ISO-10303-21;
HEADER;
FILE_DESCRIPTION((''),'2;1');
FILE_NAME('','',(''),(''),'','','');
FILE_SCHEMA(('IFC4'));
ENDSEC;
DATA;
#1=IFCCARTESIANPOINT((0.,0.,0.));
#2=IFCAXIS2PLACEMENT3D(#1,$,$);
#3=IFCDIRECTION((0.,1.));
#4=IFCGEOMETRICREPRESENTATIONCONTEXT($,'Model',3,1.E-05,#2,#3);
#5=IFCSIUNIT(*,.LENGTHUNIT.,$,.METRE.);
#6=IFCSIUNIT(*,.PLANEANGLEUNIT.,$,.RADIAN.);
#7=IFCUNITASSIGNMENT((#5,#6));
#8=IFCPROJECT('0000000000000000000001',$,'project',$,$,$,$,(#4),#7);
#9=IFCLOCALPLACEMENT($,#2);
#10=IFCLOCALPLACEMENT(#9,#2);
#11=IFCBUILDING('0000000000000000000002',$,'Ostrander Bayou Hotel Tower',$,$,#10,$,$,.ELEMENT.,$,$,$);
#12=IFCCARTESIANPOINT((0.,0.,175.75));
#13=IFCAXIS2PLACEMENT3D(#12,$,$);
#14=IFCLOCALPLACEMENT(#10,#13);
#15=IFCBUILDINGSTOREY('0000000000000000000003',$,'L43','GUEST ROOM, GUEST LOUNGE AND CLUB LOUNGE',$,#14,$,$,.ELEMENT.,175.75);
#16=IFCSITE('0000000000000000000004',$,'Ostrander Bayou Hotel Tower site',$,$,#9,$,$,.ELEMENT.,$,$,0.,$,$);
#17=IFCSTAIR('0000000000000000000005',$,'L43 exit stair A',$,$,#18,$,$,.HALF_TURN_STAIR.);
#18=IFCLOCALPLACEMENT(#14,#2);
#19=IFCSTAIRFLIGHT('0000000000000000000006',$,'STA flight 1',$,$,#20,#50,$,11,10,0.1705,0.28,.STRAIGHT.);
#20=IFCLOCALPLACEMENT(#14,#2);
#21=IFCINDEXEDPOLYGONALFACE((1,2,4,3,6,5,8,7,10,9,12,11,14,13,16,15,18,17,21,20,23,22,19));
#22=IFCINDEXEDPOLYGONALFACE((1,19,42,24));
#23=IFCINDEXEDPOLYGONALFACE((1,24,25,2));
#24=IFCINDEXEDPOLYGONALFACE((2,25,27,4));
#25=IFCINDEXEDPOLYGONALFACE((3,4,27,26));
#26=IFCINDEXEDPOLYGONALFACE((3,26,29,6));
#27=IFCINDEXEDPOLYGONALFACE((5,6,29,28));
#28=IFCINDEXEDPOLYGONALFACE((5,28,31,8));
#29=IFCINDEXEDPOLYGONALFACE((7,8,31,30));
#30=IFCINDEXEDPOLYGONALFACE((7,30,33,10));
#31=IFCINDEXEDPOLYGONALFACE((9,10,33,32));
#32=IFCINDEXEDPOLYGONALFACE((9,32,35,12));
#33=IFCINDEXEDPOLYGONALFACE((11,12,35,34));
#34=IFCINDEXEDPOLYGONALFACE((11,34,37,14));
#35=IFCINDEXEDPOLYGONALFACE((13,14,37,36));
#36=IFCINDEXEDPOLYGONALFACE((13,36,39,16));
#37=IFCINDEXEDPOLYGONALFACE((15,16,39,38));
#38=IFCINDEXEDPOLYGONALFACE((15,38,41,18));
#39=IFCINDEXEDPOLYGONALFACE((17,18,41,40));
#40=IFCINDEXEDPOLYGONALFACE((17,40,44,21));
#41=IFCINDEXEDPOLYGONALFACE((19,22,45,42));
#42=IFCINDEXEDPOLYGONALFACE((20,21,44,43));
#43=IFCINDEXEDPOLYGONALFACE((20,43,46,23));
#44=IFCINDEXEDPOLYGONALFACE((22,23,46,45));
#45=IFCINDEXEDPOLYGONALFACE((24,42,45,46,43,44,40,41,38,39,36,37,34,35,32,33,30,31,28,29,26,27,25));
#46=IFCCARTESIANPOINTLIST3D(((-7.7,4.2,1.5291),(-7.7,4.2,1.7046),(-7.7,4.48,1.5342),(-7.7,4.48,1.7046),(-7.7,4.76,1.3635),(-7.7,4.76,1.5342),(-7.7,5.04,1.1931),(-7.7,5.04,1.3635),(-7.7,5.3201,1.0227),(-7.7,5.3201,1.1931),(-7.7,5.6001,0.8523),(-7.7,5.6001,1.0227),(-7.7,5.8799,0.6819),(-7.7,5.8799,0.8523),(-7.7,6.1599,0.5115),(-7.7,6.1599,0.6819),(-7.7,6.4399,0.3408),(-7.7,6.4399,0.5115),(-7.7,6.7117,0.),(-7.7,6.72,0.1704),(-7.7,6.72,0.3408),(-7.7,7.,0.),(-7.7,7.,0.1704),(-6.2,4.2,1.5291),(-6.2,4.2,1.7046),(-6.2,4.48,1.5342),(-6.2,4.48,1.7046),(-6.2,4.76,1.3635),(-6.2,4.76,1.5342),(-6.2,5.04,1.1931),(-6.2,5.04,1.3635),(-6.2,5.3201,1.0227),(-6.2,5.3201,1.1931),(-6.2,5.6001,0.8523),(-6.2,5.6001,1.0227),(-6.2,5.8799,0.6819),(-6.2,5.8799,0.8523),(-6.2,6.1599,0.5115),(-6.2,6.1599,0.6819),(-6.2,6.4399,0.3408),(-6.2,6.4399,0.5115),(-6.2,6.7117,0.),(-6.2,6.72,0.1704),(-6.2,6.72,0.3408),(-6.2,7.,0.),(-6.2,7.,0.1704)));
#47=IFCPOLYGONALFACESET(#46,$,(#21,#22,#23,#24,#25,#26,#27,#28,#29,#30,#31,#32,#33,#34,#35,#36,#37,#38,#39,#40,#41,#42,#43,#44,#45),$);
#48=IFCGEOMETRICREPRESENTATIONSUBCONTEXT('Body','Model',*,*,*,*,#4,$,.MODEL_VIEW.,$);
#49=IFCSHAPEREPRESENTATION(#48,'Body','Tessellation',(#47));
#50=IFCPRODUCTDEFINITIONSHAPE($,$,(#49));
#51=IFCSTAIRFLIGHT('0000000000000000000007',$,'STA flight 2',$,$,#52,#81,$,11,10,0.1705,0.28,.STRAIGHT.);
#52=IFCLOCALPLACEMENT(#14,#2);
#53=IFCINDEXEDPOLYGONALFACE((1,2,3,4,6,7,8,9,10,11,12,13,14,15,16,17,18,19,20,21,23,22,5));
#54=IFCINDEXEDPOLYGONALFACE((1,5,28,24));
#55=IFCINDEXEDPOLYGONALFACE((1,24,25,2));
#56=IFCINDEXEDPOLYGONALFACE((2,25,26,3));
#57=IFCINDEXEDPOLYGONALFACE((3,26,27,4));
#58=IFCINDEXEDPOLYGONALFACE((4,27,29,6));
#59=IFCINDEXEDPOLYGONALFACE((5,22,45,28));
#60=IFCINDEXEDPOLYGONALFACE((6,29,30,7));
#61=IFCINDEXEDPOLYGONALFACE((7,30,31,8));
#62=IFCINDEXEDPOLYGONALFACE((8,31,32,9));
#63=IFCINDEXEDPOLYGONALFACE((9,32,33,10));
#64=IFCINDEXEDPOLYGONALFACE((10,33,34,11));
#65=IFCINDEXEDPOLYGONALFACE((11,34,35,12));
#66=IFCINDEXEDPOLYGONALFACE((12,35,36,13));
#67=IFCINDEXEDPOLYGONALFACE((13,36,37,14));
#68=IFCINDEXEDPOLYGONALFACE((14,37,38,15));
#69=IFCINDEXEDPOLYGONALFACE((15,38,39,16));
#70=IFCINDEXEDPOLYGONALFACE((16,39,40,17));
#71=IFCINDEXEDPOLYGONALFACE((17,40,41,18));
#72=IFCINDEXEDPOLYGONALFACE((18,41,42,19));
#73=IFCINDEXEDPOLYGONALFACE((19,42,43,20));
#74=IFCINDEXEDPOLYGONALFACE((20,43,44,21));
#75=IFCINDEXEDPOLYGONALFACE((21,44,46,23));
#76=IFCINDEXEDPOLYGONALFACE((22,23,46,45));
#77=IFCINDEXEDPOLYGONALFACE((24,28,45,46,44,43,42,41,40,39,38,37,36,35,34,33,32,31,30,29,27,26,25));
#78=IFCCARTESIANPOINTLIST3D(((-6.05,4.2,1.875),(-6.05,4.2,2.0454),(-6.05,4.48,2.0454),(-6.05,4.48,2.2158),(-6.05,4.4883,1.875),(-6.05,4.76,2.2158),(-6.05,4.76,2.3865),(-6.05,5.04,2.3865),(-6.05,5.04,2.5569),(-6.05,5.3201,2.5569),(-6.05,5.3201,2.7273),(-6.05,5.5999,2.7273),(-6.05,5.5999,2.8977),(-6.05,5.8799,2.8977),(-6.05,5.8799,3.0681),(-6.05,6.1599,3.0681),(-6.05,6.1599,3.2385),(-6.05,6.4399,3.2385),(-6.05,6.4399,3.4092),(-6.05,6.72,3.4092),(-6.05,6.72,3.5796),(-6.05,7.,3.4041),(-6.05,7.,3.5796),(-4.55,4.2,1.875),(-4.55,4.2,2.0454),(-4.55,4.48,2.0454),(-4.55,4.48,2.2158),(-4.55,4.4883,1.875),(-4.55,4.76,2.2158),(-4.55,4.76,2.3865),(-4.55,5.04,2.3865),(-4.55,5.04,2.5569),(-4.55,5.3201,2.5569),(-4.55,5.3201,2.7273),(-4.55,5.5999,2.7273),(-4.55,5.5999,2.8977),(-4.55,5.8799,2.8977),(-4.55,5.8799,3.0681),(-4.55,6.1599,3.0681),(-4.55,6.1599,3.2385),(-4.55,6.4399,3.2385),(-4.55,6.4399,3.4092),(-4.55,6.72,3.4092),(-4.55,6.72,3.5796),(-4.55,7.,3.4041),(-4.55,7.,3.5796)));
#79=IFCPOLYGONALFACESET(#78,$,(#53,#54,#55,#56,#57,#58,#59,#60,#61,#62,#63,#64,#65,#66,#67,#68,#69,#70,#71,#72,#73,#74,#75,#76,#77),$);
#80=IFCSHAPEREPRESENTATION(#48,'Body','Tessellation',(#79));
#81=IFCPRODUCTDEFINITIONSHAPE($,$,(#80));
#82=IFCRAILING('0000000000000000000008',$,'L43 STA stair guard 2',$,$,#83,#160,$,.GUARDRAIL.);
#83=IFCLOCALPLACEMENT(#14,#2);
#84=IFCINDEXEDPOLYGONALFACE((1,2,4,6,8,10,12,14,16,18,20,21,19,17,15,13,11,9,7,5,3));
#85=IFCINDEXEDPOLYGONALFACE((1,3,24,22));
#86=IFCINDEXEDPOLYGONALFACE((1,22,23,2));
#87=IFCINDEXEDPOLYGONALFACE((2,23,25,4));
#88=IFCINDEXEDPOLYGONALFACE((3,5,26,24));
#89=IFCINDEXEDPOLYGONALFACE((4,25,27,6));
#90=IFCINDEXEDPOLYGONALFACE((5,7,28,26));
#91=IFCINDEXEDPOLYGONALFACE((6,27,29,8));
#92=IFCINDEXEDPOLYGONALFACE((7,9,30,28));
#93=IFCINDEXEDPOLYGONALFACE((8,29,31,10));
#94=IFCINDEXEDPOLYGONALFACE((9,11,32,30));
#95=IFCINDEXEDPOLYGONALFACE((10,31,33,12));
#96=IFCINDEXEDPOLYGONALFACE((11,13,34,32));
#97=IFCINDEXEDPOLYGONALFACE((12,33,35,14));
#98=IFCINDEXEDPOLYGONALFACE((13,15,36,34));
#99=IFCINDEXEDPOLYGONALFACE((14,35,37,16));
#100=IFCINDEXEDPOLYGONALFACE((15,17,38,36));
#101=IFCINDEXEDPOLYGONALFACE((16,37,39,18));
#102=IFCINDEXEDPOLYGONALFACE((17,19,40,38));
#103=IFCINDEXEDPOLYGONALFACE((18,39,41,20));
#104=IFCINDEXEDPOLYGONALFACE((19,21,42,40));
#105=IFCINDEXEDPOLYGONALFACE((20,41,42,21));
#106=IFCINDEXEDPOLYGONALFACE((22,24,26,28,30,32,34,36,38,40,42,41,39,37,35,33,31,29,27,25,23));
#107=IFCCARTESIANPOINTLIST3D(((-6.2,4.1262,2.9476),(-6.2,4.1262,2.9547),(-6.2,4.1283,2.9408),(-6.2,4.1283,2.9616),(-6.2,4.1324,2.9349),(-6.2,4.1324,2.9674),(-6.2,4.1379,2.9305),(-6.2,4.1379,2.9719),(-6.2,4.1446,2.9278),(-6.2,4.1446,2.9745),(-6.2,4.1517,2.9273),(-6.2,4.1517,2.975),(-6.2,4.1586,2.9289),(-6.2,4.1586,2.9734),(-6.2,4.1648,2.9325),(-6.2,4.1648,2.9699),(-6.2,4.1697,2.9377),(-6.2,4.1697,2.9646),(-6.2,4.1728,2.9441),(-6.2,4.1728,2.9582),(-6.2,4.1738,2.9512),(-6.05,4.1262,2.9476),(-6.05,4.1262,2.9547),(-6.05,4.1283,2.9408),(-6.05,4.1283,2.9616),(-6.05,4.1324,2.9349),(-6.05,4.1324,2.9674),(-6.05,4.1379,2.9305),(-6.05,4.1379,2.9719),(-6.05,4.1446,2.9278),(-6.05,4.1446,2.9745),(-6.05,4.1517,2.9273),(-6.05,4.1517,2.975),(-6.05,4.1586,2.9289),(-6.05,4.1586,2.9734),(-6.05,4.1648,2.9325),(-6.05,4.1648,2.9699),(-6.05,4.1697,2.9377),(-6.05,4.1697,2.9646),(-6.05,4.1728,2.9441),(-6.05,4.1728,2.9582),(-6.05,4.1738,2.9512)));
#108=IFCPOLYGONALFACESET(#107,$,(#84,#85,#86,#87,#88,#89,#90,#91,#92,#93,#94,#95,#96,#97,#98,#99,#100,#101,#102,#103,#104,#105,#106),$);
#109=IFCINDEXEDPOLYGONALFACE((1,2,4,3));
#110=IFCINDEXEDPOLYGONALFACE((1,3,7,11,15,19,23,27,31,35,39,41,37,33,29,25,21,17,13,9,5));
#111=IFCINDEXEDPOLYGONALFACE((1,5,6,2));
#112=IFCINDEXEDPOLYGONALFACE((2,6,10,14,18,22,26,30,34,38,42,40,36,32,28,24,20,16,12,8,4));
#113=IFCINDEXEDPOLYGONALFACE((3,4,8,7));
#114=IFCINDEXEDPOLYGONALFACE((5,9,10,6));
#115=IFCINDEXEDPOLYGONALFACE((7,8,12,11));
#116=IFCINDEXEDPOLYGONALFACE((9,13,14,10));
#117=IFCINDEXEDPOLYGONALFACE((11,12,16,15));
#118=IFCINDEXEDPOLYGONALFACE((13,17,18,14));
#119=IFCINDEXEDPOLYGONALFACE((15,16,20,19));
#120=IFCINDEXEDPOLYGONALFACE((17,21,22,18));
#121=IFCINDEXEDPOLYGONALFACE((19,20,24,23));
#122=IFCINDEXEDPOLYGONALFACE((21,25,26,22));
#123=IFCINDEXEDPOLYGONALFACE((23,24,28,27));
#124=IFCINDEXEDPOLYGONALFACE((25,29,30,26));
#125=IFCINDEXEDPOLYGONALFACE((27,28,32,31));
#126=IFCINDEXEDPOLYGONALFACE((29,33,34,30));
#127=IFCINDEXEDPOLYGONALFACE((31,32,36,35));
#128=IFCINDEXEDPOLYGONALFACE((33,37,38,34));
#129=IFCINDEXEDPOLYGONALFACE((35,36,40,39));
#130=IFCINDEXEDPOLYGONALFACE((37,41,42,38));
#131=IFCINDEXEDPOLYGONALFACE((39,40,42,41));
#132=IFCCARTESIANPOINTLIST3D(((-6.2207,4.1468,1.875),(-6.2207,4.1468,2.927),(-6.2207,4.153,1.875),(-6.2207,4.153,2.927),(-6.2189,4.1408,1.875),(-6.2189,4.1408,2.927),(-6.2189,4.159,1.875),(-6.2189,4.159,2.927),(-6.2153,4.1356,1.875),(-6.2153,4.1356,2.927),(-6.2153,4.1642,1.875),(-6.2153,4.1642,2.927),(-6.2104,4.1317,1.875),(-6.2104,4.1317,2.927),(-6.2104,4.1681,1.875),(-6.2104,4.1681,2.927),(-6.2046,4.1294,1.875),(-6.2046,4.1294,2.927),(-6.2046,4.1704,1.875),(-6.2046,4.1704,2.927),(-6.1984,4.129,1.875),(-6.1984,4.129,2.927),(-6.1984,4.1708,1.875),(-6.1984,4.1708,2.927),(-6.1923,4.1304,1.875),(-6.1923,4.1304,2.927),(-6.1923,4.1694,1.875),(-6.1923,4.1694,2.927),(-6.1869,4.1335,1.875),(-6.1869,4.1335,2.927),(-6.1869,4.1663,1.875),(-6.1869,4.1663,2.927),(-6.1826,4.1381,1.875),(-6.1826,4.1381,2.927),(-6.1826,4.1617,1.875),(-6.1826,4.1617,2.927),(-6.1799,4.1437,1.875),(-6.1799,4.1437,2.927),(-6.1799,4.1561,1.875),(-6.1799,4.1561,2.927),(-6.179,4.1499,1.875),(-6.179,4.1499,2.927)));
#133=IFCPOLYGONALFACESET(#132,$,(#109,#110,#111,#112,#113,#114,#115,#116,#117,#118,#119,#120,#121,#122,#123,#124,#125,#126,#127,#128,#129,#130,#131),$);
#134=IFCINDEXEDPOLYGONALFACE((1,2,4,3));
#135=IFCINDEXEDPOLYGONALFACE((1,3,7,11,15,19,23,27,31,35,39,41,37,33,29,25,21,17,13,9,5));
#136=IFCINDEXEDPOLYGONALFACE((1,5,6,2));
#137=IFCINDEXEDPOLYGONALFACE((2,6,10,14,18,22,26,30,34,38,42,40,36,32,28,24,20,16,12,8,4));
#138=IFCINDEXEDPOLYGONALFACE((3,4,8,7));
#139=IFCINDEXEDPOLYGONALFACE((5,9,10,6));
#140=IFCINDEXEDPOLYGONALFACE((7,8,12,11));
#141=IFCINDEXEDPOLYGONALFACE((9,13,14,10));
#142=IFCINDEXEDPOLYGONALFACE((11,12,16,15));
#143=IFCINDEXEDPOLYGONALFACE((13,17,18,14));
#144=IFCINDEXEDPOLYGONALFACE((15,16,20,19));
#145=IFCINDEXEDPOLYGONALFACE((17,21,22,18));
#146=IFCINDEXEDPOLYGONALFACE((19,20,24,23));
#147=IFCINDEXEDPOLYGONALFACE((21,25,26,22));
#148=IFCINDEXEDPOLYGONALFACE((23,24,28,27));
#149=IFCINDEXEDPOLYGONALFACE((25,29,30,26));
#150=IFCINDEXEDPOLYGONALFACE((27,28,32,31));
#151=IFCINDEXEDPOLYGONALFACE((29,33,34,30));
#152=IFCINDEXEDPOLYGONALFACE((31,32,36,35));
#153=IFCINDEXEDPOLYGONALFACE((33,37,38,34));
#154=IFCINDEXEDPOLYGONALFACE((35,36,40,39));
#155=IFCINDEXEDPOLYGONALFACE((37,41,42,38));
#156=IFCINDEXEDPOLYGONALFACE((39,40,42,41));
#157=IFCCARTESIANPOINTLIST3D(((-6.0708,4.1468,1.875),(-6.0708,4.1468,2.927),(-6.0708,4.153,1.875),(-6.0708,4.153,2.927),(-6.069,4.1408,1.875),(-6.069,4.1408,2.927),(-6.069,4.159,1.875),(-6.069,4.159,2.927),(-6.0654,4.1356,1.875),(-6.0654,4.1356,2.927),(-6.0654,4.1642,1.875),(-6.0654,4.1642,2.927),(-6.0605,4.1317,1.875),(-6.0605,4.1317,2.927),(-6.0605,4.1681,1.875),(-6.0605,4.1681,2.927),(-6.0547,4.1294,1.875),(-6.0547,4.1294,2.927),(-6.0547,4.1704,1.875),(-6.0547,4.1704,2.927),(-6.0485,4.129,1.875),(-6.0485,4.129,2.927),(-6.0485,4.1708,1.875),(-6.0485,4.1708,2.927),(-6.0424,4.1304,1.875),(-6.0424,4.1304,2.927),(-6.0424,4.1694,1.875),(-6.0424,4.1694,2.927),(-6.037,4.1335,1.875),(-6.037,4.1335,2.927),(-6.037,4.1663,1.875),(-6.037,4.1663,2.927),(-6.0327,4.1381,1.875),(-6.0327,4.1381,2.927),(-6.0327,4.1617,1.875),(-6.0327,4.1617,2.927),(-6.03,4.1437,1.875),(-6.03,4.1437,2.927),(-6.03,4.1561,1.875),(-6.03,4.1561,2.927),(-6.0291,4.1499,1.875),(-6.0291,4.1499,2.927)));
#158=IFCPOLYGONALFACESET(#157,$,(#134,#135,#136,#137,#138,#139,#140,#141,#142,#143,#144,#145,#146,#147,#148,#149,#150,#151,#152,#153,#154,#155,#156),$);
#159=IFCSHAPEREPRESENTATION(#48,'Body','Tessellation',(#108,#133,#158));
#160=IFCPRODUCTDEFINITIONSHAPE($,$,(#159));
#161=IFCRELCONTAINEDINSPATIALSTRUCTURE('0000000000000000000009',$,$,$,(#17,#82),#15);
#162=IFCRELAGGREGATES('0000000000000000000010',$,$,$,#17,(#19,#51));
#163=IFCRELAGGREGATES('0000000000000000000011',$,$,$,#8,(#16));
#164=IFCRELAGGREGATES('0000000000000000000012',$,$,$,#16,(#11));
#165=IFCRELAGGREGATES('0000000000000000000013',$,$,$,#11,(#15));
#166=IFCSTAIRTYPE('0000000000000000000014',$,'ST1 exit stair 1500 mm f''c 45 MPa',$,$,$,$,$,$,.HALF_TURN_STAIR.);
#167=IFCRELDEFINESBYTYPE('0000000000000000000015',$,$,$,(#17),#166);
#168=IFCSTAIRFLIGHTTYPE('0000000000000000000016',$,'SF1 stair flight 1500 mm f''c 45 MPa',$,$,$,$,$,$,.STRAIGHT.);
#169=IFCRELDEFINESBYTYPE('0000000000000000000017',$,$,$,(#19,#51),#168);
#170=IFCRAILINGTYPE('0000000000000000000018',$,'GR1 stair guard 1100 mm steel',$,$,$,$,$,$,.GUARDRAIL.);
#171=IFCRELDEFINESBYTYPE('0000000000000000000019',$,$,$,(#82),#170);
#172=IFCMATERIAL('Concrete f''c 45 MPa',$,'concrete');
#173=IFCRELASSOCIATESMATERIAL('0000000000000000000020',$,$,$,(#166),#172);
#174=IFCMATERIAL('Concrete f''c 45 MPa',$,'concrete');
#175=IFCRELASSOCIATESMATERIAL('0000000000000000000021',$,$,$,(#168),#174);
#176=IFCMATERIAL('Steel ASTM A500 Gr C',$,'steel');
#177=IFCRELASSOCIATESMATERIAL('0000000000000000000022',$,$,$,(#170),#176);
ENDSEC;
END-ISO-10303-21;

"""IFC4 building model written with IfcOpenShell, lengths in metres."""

from ifc_helpers import new_model, si_unit, direction, frame, origin, origin_2d, place, context, subcontext, project, spatial, polyline, circle, outline, extrude, material, type_object, element, aggregate, save


model = new_model("IFC4")

# Units and contexts
model_context = context("Model", 3, precision=1e-05, world=origin(), true_north=direction((0.0, 1.0)))
body_context = subcontext(model_context, "Body", "Model", "MODEL_VIEW")
ifc_project = project(units=[si_unit("LENGTHUNIT", "METRE"), si_unit("PLANEANGLEUNIT", "RADIAN")], contexts=[model_context])

# Site, building, storey
site_placement = place(None, origin())
site = spatial("IfcSite", under=ifc_project, at=site_placement, Name="Ostrander Bayou Hotel Tower site", CompositionType="ELEMENT", RefElevation=0.0)
building_placement = place(site_placement, origin())
building = spatial("IfcBuilding", under=site, at=building_placement, Name="Ostrander Bayou Hotel Tower", CompositionType="ELEMENT")
storey_placement = place(building_placement, frame((0.0, 0.0, 175.75)))
storey = spatial("IfcBuildingStorey", under=building, at=storey_placement, Name="L43", Description="GUEST ROOM, GUEST LOUNGE AND CLUB LOUNGE", CompositionType="ELEMENT", Elevation=175.75)

# Stair, stair flights
ifc_material_1 = material(Name="Concrete f'c 45 MPa", Category="concrete")
stair_type = type_object("IfcStairType", Name="ST1 exit stair 1500 mm f'c 45 MPa", PredefinedType="HALF_TURN_STAIR", material=ifc_material_1)
stair_placement = place(storey_placement, origin())
stair = element("IfcStair", 1, at=stair_placement, inside=storey, type_object=stair_type, Name="L43 exit stair A", PredefinedType="HALF_TURN_STAIR")
ifc_material_2 = material(Name="Concrete f'c 45 MPa", Category="concrete")
stair_flight_type = type_object("IfcStairFlightType", Name="SF1 stair flight 1500 mm f'c 45 MPa", PredefinedType="STRAIGHT", material=ifc_material_2)
stair_flight_1_placement = place(storey_placement, frame((-6.95, 7.0, 0.0), z_axis=(0.0, 0.0, 1.0), x_axis=(0.0, -1.0, 0.0)))
stair_flight_1 = element("IfcStairFlight", 2, at=stair_flight_1_placement, type_object=stair_flight_type, Name="STA flight 1", NumberOfRisers=11, NumberOfTreads=10, PredefinedType="STRAIGHT", RiserHeight=0.1705, TreadLength=0.28, context=body_context, shape_type="SweptSolid", body=[
    extrude(outline(polyline([(0.0, 0.0), (0.0, 0.1704), (0.28, 0.1704), (0.28, 0.3408), (0.5601, 0.3408), (0.5601, 0.5115), (0.8401, 0.5115), (0.8401, 0.6819), (1.1201, 0.6819), (1.1201, 0.8523), (1.3999, 0.8523), (1.3999, 1.0227), (1.6799, 1.0227), (1.6799, 1.1931), (1.96, 1.1931), (1.96, 1.3635), (2.24, 1.3635), (2.24, 1.5342), (2.52, 1.5342), (2.52, 1.7046), (2.8, 1.7046), (2.8, 1.875), (2.8, 1.5291), (0.2883, 0.0), (0.0, 0.0)])), frame((0.0, 0.75, 0.0), z_axis=(0.0, -1.0, 0.0), x_axis=(1.0, 0.0, 0.0)), (0.0, 0.0, 1.0), 1.5),
])
stair_flight_2_placement = place(storey_placement, frame((-5.3, 4.2, 1.875), z_axis=(0.0, 0.0, 1.0), x_axis=(0.0, 1.0, 0.0)))
stair_flight_2 = element("IfcStairFlight", 3, at=stair_flight_2_placement, type_object=stair_flight_type, Name="STA flight 2", NumberOfRisers=11, NumberOfTreads=10, PredefinedType="STRAIGHT", RiserHeight=0.1705, TreadLength=0.28, context=body_context, shape_type="SweptSolid", body=[
    extrude(outline(polyline([(0.0, 0.0), (0.0, 0.1704), (0.28, 0.1704), (0.28, 0.3408), (0.5601, 0.3408), (0.5601, 0.5115), (0.8401, 0.5115), (0.8401, 0.6819), (1.1201, 0.6819), (1.1201, 0.8523), (1.3999, 0.8523), (1.3999, 1.0227), (1.6799, 1.0227), (1.6799, 1.1931), (1.96, 1.1931), (1.96, 1.3635), (2.24, 1.3635), (2.24, 1.5342), (2.52, 1.5342), (2.52, 1.7046), (2.8, 1.7046), (2.8, 1.875), (2.8, 1.5291), (0.2883, 0.0), (0.0, 0.0)])), frame((0.0, 0.75, 0.0), z_axis=(0.0, -1.0, 0.0), x_axis=(1.0, 0.0, 0.0)), (0.0, 0.0, 1.0), 1.5),
])
aggregate(stair, [stair_flight_1, stair_flight_2])

# Railing
ifc_material_3 = material(Name="Steel ASTM A500 Gr C", Category="steel")
railing_type_1 = type_object("IfcRailingType", Name="GR1 stair guard 1100 mm steel", PredefinedType="GUARDRAIL", material=ifc_material_3)
railing_1_placement = place(storey_placement, frame((-6.2, 4.1499, 1.875)))
element("IfcRailing", 4, at=railing_1_placement, inside=storey, type_object=railing_type_1, Name="L43 STA stair guard 2", PredefinedType="GUARDRAIL", context=body_context, shape_type="SweptSolid", body=[
    extrude(circle(Radius=0.0239, at=origin_2d()), frame((0.0, 0.0, 1.0762), z_axis=(1.0, 0.0, 0.0), x_axis=(0.0, 1.0, 0.0)), (0.0, 0.0, 1.0), 0.1499),
    extrude(circle(Radius=0.021, at=origin_2d()), origin(), (0.0, 0.0, 1.0), 1.052),
    extrude(circle(Radius=0.021, at=origin_2d()), frame((0.1499, 0.0, 0.0)), (0.0, 0.0, 1.0), 1.052),
])

save(model, "model.ifc")
